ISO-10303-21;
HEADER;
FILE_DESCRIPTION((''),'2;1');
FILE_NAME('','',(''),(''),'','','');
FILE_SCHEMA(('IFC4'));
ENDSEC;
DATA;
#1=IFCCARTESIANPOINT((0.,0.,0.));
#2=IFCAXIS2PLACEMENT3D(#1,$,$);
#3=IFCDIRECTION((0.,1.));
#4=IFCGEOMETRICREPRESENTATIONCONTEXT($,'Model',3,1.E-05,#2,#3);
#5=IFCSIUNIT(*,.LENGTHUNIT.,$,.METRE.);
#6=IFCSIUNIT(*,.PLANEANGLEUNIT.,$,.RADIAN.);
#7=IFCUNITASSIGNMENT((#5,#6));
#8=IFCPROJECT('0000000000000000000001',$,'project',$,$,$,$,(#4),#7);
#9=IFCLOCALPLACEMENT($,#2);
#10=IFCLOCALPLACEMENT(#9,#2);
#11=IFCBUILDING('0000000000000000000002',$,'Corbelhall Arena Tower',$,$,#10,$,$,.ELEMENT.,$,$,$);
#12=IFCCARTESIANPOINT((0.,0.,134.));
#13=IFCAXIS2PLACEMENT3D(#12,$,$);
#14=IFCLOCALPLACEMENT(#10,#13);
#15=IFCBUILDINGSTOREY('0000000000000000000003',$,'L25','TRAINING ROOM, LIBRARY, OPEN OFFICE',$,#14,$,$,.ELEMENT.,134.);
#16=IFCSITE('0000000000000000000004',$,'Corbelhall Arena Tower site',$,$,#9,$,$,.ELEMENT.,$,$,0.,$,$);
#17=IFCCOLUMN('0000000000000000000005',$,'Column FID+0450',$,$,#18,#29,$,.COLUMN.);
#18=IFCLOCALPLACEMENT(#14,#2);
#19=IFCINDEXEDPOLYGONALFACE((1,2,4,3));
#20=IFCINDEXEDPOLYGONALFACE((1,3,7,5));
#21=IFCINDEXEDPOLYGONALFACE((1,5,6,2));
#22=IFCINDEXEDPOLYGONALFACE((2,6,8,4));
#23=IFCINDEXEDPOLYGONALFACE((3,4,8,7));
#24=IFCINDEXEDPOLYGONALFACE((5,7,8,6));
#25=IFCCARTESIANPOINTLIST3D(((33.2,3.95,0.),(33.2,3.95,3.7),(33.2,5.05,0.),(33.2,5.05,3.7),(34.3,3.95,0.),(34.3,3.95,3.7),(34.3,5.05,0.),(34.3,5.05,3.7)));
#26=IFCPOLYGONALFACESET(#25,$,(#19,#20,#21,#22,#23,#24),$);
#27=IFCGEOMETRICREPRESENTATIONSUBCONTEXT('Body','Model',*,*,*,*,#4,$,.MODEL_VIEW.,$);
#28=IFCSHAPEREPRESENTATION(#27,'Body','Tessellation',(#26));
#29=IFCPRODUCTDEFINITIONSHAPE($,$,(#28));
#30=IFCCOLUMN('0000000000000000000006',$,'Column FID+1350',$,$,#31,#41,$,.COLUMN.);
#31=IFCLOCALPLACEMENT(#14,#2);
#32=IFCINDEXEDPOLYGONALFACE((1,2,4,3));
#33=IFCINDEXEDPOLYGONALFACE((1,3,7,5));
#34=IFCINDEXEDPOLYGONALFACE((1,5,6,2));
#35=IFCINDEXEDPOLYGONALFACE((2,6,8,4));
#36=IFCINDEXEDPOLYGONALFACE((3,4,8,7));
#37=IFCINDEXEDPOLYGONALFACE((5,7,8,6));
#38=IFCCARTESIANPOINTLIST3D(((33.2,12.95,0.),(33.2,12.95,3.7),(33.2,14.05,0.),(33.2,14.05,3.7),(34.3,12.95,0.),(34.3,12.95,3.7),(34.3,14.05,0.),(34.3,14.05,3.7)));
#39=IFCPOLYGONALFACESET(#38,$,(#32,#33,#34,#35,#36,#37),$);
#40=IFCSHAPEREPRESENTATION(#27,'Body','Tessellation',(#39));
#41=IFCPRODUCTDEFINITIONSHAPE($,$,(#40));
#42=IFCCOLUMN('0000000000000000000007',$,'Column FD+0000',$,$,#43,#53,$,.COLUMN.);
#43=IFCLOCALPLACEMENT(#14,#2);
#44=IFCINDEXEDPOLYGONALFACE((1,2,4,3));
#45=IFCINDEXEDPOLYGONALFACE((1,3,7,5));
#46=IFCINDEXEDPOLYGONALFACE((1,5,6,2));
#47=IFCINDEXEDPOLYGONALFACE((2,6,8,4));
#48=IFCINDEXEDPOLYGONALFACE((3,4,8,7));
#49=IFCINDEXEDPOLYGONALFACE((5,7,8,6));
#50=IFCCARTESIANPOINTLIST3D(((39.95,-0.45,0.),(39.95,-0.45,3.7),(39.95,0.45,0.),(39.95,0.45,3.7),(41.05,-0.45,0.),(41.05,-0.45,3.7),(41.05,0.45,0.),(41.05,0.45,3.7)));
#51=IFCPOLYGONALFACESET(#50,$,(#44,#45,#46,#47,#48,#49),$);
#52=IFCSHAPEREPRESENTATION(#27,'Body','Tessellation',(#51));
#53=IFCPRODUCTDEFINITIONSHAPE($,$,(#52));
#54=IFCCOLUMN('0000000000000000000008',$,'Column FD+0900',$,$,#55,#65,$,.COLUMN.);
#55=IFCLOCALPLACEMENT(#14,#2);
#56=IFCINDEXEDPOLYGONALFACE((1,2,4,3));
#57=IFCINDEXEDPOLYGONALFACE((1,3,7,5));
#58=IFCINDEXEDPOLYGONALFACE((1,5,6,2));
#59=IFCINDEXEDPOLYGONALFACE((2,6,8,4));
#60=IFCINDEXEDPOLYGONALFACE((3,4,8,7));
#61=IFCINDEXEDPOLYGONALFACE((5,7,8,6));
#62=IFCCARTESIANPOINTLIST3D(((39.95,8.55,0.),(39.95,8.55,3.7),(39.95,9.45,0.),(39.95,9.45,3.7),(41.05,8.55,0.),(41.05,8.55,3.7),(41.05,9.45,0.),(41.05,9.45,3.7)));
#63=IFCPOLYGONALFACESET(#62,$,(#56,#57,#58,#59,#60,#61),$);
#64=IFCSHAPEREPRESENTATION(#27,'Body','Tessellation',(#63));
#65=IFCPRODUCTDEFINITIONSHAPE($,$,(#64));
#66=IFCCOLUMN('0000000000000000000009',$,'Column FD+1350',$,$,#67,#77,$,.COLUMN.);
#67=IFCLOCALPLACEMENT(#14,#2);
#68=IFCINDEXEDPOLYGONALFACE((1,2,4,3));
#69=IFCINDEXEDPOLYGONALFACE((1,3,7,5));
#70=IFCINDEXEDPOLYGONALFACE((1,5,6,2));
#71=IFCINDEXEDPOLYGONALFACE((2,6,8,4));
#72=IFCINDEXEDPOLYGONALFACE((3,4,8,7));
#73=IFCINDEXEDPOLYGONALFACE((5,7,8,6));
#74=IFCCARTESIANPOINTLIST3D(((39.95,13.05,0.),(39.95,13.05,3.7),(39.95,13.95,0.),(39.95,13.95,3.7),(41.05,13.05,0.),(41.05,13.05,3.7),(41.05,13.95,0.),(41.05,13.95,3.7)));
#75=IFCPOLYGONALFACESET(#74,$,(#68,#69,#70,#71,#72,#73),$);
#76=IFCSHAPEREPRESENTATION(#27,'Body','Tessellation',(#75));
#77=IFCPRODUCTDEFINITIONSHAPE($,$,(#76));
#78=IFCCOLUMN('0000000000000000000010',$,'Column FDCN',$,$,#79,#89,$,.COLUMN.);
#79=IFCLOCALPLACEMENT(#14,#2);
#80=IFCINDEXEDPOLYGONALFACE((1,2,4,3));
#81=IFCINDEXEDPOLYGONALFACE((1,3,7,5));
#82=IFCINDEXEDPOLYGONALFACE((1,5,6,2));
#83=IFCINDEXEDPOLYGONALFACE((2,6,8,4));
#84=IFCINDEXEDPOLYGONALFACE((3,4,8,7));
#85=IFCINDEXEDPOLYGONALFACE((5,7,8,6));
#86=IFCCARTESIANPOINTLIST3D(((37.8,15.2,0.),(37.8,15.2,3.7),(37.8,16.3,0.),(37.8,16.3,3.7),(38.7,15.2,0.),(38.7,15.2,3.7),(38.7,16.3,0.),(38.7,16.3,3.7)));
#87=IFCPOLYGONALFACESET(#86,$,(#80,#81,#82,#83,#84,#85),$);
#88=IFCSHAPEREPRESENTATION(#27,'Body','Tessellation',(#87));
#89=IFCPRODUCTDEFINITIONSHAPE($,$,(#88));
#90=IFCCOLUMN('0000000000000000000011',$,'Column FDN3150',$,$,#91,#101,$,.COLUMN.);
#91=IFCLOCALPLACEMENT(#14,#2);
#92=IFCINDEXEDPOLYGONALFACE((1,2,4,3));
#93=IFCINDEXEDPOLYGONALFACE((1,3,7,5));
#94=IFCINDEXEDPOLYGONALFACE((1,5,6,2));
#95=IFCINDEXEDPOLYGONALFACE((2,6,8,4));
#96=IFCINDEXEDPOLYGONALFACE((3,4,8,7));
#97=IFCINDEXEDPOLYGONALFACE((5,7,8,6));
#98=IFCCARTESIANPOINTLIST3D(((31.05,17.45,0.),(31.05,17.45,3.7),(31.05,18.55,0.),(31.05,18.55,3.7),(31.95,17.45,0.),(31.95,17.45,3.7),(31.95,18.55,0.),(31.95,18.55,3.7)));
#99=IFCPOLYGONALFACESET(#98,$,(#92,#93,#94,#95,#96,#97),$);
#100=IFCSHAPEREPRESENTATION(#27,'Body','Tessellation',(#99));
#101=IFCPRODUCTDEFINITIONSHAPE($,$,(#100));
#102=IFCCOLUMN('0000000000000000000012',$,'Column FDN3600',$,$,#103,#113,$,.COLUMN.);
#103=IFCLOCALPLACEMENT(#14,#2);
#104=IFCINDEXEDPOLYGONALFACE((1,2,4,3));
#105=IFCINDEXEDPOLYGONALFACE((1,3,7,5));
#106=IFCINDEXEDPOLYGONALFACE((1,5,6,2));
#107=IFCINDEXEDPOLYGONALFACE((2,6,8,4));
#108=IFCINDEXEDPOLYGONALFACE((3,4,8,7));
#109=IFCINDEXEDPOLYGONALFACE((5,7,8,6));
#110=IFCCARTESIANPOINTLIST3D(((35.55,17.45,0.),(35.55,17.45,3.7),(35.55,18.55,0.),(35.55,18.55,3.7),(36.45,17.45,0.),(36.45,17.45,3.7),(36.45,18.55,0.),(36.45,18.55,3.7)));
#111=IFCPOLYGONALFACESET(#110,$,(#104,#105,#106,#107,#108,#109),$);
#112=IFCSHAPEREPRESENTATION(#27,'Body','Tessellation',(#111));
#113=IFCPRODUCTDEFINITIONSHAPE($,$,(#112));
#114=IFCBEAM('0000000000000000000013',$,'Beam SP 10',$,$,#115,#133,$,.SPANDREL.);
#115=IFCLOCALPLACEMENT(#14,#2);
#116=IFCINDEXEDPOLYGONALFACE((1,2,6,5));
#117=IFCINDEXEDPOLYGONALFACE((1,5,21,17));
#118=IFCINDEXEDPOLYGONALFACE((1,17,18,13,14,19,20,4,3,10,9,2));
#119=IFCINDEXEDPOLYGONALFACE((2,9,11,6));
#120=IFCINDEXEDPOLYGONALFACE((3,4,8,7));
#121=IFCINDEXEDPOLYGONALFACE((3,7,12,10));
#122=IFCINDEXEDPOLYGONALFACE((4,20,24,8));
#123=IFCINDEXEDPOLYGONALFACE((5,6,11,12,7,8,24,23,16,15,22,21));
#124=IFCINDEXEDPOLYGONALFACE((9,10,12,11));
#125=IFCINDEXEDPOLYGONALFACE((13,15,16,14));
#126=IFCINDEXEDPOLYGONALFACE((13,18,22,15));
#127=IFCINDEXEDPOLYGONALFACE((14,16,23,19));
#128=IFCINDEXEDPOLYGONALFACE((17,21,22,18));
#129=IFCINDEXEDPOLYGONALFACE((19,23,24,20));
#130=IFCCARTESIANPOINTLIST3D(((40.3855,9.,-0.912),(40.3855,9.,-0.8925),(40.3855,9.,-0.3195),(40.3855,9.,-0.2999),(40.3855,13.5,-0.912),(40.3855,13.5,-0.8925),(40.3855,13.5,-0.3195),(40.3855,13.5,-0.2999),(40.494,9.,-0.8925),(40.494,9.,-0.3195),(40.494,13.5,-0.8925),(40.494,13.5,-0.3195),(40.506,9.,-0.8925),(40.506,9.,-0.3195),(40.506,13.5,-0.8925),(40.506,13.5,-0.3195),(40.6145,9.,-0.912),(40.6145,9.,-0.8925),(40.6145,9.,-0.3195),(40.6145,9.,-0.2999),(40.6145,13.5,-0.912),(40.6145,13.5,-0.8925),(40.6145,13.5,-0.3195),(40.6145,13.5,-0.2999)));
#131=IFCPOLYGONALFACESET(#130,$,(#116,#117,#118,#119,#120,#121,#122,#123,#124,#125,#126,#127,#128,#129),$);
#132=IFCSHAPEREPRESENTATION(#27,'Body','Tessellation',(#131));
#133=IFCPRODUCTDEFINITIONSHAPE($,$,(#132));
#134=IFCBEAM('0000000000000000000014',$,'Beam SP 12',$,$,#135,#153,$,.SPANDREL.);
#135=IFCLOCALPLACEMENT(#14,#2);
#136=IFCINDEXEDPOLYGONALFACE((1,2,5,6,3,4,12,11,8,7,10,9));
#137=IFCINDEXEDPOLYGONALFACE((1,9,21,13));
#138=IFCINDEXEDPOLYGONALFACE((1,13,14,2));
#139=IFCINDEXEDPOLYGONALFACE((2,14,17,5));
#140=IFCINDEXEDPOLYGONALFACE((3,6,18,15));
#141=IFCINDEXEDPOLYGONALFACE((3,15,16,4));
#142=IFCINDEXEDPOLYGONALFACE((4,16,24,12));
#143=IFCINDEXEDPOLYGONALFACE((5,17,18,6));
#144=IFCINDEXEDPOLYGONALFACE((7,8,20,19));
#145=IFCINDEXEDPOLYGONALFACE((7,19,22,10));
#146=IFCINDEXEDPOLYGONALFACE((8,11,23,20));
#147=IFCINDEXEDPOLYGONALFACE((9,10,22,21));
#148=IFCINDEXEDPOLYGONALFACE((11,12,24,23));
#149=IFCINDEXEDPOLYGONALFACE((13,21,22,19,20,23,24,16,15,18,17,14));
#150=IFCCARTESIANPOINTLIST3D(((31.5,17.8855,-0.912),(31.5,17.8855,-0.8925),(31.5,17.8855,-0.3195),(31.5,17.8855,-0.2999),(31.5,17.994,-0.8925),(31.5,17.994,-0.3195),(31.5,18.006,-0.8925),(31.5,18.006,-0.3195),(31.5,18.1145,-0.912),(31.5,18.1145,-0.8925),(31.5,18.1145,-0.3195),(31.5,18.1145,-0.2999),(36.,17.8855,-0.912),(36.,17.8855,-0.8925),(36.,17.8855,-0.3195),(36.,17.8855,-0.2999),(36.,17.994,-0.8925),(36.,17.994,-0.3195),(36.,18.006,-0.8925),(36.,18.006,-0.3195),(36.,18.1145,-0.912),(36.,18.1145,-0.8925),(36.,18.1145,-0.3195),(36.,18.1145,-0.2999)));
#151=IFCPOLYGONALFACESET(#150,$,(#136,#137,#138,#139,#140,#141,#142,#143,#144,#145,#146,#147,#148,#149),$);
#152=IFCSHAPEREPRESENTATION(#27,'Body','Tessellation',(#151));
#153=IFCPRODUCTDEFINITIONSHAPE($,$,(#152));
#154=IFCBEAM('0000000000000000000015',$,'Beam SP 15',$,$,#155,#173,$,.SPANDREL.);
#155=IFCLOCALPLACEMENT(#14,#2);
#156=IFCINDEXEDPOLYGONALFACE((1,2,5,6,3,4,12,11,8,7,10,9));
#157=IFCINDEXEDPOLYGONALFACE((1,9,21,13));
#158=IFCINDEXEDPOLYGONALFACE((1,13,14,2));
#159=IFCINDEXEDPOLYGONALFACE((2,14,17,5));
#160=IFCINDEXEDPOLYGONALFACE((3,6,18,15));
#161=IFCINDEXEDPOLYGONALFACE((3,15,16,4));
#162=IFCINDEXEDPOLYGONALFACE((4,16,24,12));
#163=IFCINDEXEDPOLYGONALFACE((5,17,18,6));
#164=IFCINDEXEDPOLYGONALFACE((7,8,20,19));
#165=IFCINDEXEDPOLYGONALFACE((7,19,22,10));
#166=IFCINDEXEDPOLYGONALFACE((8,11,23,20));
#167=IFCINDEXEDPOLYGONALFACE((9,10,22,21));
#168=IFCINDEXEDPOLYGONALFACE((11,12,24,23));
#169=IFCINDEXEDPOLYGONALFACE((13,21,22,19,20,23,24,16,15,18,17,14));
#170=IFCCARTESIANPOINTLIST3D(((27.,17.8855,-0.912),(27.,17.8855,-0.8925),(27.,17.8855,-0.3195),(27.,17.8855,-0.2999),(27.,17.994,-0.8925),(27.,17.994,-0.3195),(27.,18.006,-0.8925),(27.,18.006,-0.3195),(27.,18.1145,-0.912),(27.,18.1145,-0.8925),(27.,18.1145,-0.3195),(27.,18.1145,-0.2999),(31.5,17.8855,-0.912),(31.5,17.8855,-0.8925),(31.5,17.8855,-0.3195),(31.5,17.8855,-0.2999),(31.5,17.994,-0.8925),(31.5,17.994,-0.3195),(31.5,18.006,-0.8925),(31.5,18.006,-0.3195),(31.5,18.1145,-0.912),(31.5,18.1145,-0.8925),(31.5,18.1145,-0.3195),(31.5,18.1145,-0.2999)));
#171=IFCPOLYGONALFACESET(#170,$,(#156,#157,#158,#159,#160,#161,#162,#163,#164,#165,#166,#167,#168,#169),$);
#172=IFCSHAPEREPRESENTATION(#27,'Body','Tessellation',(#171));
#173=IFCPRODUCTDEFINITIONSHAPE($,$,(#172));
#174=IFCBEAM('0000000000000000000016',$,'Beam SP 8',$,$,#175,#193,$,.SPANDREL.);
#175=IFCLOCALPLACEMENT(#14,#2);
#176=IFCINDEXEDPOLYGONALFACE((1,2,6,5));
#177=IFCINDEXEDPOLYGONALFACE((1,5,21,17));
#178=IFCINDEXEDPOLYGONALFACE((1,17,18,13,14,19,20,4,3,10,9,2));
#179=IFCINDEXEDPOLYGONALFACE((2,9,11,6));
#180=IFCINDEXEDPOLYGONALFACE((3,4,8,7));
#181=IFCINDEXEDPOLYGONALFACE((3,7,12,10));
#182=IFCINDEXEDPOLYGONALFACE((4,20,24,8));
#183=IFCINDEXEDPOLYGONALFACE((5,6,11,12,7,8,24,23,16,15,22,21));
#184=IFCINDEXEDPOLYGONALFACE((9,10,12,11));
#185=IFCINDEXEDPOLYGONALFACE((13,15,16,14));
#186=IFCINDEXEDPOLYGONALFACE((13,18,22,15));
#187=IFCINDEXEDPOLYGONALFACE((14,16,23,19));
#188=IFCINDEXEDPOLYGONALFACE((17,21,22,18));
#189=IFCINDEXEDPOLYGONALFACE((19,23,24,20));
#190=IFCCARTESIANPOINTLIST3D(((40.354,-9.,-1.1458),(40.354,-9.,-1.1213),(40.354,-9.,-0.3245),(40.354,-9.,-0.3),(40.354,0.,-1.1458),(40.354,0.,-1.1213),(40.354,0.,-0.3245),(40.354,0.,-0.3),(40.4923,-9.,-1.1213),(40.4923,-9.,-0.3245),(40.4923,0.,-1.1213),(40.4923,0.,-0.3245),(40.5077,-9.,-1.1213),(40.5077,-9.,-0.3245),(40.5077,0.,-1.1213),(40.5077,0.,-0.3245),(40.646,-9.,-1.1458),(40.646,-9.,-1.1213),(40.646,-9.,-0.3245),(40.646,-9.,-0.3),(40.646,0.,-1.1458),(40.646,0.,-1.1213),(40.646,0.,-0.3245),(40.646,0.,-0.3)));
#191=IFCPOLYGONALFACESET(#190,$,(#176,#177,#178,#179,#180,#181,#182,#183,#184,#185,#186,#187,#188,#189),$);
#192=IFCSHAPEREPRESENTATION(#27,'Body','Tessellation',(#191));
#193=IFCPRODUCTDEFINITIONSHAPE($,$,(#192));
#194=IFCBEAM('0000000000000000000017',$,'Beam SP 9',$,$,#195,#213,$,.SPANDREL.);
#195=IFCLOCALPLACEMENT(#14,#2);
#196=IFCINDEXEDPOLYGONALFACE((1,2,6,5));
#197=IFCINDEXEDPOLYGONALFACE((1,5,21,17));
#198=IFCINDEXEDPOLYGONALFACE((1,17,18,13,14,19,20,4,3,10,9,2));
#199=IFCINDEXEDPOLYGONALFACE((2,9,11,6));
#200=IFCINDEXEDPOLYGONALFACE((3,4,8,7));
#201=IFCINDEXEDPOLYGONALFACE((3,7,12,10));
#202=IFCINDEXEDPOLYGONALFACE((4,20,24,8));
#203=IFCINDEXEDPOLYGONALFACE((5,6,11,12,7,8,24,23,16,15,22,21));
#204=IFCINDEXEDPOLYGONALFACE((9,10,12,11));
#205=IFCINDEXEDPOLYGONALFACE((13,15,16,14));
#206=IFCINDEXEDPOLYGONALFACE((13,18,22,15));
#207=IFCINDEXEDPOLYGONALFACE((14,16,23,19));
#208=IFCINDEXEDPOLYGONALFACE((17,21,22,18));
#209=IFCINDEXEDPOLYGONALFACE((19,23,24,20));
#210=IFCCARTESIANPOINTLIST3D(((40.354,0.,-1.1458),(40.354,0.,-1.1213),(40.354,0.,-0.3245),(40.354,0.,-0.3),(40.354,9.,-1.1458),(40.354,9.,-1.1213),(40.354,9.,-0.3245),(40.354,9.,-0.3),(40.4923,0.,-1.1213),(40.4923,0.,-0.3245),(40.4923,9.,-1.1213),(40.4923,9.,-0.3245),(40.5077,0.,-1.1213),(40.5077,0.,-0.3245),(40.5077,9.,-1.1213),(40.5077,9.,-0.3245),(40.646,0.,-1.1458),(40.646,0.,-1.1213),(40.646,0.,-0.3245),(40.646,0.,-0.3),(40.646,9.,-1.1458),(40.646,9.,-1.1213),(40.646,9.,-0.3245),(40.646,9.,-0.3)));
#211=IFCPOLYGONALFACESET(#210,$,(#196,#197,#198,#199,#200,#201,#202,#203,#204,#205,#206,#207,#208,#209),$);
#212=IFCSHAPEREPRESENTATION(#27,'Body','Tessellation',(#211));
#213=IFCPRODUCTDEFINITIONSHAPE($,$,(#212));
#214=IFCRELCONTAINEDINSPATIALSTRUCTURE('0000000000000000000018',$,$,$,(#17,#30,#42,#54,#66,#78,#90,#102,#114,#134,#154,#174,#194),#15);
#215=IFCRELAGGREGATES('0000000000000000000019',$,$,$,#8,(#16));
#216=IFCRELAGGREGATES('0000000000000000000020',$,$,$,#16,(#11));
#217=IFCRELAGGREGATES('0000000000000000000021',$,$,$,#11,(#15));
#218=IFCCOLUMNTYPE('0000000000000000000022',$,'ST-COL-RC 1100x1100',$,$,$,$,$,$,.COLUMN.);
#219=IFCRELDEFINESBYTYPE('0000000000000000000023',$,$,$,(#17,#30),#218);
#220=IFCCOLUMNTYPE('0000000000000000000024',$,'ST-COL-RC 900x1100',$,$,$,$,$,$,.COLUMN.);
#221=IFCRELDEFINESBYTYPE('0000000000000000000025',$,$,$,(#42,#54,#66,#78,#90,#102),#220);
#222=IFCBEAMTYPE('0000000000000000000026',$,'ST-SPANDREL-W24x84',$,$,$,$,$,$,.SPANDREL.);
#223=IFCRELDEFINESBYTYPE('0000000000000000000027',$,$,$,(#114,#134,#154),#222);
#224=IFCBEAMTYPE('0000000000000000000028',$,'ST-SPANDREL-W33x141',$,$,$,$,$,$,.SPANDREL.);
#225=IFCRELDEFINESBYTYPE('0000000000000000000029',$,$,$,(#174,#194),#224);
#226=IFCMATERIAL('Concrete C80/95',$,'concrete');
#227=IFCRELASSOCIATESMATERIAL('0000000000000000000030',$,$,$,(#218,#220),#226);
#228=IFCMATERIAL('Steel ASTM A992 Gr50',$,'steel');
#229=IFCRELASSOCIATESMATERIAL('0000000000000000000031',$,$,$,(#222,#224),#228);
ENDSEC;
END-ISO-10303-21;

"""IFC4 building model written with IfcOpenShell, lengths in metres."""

from ifc_helpers import new_model, si_unit, direction, frame, origin, origin_2d, place, context, subcontext, project, spatial, rectangle, i_section, extrude, material, material_profile, profile_set, type_object, element, save


model = new_model("IFC4")

# Units and contexts
model_context = context("Model", 3, precision=1e-05, world=origin(), true_north=direction((0.0, 1.0)))
body_context = subcontext(model_context, "Body", "Model", "MODEL_VIEW")
ifc_project = project(units=[si_unit("LENGTHUNIT", "METRE"), si_unit("PLANEANGLEUNIT", "RADIAN")], contexts=[model_context])

# Site, building, storey
site_placement = place(None, origin())
site = spatial("IfcSite", under=ifc_project, at=site_placement, Name="Corbelhall Arena Tower site", CompositionType="ELEMENT", RefElevation=0.0)
building_placement = place(site_placement, origin())
building = spatial("IfcBuilding", under=site, at=building_placement, Name="Corbelhall Arena Tower", CompositionType="ELEMENT")
storey_placement = place(building_placement, frame((0.0, 0.0, 134.0)))
storey = spatial("IfcBuildingStorey", under=building, at=storey_placement, Name="L25", Description="TRAINING ROOM, LIBRARY, OPEN OFFICE", CompositionType="ELEMENT", Elevation=134.0)

# Columns
ifc_material_1 = material(Name="Concrete C80/95", Category="concrete")
ifc_material_profile_1 = material_profile(ifc_material_1, rectangle(XDim=1.1001, YDim=1.1001, at=origin_2d()))
ifc_profile_set_1 = profile_set([ifc_material_profile_1], Name="Concrete C80/95")
column_type_1 = type_object("IfcColumnType", Name="ST-COL-RC 1100x1100", PredefinedType="COLUMN", material=ifc_profile_set_1)
for number, where, z_axis, x_axis, name in (
    (1, (33.75, 4.5, 0.0), (0.0, 0.0, 1.0), (1.0, 0.0, 0.0), "Column FID+0450"),
    (2, (33.75, 13.5, 0.0), (0.0, 0.0, 1.0), (1.0, 0.0, 0.0), "Column FID+1350"),
):
    element("IfcColumn", number, at=place(storey_placement, frame(where, z_axis=z_axis, x_axis=x_axis)), inside=storey, type_object=column_type_1, Name=name, PredefinedType="COLUMN", context=body_context, shape_type="SweptSolid", body=[
        extrude(rectangle(XDim=1.1001, YDim=1.1001, at=origin_2d()), origin(), (0.0, 0.0, 1.0), 3.7),
    ])
ifc_material_profile_2 = material_profile(ifc_material_1, rectangle(XDim=0.8999, YDim=1.1001, at=origin_2d()))
ifc_profile_set_2 = profile_set([ifc_material_profile_2], Name="Concrete C80/95")
column_type_2 = type_object("IfcColumnType", Name="ST-COL-RC 900x1100", PredefinedType="COLUMN", material=ifc_profile_set_2)
for number, where, z_axis, x_axis, name in (
    (3, (40.5, 0.0, 0.0), (0.0, 0.0, 1.0), (0.0, 1.0, 0.0), "Column FD+0000"),
    (4, (40.5, 9.0, 0.0), (0.0, 0.0, 1.0), (0.0, 1.0, 0.0), "Column FD+0900"),
    (5, (40.5, 13.5, 0.0), (0.0, 0.0, 1.0), (0.0, 1.0, 0.0), "Column FD+1350"),
    (6, (38.25, 15.75, 0.0), (0.0, 0.0, 1.0), (1.0, 0.0, 0.0), "Column FDCN"),
    (7, (31.5, 18.0, 0.0), (0.0, 0.0, 1.0), (1.0, 0.0, 0.0), "Column FDN3150"),
    (8, (36.0, 18.0, 0.0), (0.0, 0.0, 1.0), (1.0, 0.0, 0.0), "Column FDN3600"),
):
    element("IfcColumn", number, at=place(storey_placement, frame(where, z_axis=z_axis, x_axis=x_axis)), inside=storey, type_object=column_type_2, Name=name, PredefinedType="COLUMN", context=body_context, shape_type="SweptSolid", body=[
        extrude(rectangle(XDim=0.8999, YDim=1.1001, at=origin_2d()), origin(), (0.0, 0.0, 1.0), 3.7),
    ])

# Beams
ifc_material_2 = material(Name="Steel ASTM A992 Gr50", Category="steel")
ifc_material_profile_3 = material_profile(ifc_material_2, i_section(OverallWidth=0.229, OverallDepth=0.6121, WebThickness=0.012, FlangeThickness=0.0195, at=origin_2d()))
ifc_profile_set_3 = profile_set([ifc_material_profile_3], Name="Steel ASTM A992 Gr50")
beam_type_1 = type_object("IfcBeamType", Name="ST-SPANDREL-W24x84", PredefinedType="SPANDREL", material=ifc_profile_set_3)
for number, where, z_axis, x_axis, name in (
    (9, (40.5, 13.5, -0.606), (0.0, -1.0, 0.0), (1.0, 0.0, 0.0), "Beam SP 10"),
    (10, (31.5, 18.0, -0.606), (1.0, 0.0, 0.0), (0.0, 1.0, 0.0), "Beam SP 12"),
    (11, (27.0, 18.0, -0.606), (1.0, 0.0, 0.0), (0.0, 1.0, 0.0), "Beam SP 15"),
):
    element("IfcBeam", number, at=place(storey_placement, frame(where, z_axis=z_axis, x_axis=x_axis)), inside=storey, type_object=beam_type_1, Name=name, PredefinedType="SPANDREL", context=body_context, shape_type="SweptSolid", body=[
        extrude(i_section(OverallWidth=0.229, OverallDepth=0.6121, WebThickness=0.012, FlangeThickness=0.0195, at=origin_2d()), origin(), (0.0, 0.0, 1.0), 4.5),
    ])
ifc_material_profile_4 = material_profile(ifc_material_2, i_section(OverallWidth=0.292, OverallDepth=0.8457, WebThickness=0.0154, FlangeThickness=0.0244, at=origin_2d()))
ifc_profile_set_4 = profile_set([ifc_material_profile_4], Name="Steel ASTM A992 Gr50")
beam_type_2 = type_object("IfcBeamType", Name="ST-SPANDREL-W33x141", PredefinedType="SPANDREL", material=ifc_profile_set_4)
for number, where, z_axis, x_axis, name in (
    (12, (40.5, 0.0, -0.7229), (0.0, -1.0, 0.0), (1.0, 0.0, 0.0), "Beam SP 8"),
    (13, (40.5, 9.0, -0.7229), (0.0, -1.0, 0.0), (1.0, 0.0, 0.0), "Beam SP 9"),
):
    element("IfcBeam", number, at=place(storey_placement, frame(where, z_axis=z_axis, x_axis=x_axis)), inside=storey, type_object=beam_type_2, Name=name, PredefinedType="SPANDREL", context=body_context, shape_type="SweptSolid", body=[
        extrude(i_section(OverallWidth=0.292, OverallDepth=0.8457, WebThickness=0.0154, FlangeThickness=0.0244, at=origin_2d()), origin(), (0.0, 0.0, 1.0), 9.0),
    ])

save(model, "model.ifc")
